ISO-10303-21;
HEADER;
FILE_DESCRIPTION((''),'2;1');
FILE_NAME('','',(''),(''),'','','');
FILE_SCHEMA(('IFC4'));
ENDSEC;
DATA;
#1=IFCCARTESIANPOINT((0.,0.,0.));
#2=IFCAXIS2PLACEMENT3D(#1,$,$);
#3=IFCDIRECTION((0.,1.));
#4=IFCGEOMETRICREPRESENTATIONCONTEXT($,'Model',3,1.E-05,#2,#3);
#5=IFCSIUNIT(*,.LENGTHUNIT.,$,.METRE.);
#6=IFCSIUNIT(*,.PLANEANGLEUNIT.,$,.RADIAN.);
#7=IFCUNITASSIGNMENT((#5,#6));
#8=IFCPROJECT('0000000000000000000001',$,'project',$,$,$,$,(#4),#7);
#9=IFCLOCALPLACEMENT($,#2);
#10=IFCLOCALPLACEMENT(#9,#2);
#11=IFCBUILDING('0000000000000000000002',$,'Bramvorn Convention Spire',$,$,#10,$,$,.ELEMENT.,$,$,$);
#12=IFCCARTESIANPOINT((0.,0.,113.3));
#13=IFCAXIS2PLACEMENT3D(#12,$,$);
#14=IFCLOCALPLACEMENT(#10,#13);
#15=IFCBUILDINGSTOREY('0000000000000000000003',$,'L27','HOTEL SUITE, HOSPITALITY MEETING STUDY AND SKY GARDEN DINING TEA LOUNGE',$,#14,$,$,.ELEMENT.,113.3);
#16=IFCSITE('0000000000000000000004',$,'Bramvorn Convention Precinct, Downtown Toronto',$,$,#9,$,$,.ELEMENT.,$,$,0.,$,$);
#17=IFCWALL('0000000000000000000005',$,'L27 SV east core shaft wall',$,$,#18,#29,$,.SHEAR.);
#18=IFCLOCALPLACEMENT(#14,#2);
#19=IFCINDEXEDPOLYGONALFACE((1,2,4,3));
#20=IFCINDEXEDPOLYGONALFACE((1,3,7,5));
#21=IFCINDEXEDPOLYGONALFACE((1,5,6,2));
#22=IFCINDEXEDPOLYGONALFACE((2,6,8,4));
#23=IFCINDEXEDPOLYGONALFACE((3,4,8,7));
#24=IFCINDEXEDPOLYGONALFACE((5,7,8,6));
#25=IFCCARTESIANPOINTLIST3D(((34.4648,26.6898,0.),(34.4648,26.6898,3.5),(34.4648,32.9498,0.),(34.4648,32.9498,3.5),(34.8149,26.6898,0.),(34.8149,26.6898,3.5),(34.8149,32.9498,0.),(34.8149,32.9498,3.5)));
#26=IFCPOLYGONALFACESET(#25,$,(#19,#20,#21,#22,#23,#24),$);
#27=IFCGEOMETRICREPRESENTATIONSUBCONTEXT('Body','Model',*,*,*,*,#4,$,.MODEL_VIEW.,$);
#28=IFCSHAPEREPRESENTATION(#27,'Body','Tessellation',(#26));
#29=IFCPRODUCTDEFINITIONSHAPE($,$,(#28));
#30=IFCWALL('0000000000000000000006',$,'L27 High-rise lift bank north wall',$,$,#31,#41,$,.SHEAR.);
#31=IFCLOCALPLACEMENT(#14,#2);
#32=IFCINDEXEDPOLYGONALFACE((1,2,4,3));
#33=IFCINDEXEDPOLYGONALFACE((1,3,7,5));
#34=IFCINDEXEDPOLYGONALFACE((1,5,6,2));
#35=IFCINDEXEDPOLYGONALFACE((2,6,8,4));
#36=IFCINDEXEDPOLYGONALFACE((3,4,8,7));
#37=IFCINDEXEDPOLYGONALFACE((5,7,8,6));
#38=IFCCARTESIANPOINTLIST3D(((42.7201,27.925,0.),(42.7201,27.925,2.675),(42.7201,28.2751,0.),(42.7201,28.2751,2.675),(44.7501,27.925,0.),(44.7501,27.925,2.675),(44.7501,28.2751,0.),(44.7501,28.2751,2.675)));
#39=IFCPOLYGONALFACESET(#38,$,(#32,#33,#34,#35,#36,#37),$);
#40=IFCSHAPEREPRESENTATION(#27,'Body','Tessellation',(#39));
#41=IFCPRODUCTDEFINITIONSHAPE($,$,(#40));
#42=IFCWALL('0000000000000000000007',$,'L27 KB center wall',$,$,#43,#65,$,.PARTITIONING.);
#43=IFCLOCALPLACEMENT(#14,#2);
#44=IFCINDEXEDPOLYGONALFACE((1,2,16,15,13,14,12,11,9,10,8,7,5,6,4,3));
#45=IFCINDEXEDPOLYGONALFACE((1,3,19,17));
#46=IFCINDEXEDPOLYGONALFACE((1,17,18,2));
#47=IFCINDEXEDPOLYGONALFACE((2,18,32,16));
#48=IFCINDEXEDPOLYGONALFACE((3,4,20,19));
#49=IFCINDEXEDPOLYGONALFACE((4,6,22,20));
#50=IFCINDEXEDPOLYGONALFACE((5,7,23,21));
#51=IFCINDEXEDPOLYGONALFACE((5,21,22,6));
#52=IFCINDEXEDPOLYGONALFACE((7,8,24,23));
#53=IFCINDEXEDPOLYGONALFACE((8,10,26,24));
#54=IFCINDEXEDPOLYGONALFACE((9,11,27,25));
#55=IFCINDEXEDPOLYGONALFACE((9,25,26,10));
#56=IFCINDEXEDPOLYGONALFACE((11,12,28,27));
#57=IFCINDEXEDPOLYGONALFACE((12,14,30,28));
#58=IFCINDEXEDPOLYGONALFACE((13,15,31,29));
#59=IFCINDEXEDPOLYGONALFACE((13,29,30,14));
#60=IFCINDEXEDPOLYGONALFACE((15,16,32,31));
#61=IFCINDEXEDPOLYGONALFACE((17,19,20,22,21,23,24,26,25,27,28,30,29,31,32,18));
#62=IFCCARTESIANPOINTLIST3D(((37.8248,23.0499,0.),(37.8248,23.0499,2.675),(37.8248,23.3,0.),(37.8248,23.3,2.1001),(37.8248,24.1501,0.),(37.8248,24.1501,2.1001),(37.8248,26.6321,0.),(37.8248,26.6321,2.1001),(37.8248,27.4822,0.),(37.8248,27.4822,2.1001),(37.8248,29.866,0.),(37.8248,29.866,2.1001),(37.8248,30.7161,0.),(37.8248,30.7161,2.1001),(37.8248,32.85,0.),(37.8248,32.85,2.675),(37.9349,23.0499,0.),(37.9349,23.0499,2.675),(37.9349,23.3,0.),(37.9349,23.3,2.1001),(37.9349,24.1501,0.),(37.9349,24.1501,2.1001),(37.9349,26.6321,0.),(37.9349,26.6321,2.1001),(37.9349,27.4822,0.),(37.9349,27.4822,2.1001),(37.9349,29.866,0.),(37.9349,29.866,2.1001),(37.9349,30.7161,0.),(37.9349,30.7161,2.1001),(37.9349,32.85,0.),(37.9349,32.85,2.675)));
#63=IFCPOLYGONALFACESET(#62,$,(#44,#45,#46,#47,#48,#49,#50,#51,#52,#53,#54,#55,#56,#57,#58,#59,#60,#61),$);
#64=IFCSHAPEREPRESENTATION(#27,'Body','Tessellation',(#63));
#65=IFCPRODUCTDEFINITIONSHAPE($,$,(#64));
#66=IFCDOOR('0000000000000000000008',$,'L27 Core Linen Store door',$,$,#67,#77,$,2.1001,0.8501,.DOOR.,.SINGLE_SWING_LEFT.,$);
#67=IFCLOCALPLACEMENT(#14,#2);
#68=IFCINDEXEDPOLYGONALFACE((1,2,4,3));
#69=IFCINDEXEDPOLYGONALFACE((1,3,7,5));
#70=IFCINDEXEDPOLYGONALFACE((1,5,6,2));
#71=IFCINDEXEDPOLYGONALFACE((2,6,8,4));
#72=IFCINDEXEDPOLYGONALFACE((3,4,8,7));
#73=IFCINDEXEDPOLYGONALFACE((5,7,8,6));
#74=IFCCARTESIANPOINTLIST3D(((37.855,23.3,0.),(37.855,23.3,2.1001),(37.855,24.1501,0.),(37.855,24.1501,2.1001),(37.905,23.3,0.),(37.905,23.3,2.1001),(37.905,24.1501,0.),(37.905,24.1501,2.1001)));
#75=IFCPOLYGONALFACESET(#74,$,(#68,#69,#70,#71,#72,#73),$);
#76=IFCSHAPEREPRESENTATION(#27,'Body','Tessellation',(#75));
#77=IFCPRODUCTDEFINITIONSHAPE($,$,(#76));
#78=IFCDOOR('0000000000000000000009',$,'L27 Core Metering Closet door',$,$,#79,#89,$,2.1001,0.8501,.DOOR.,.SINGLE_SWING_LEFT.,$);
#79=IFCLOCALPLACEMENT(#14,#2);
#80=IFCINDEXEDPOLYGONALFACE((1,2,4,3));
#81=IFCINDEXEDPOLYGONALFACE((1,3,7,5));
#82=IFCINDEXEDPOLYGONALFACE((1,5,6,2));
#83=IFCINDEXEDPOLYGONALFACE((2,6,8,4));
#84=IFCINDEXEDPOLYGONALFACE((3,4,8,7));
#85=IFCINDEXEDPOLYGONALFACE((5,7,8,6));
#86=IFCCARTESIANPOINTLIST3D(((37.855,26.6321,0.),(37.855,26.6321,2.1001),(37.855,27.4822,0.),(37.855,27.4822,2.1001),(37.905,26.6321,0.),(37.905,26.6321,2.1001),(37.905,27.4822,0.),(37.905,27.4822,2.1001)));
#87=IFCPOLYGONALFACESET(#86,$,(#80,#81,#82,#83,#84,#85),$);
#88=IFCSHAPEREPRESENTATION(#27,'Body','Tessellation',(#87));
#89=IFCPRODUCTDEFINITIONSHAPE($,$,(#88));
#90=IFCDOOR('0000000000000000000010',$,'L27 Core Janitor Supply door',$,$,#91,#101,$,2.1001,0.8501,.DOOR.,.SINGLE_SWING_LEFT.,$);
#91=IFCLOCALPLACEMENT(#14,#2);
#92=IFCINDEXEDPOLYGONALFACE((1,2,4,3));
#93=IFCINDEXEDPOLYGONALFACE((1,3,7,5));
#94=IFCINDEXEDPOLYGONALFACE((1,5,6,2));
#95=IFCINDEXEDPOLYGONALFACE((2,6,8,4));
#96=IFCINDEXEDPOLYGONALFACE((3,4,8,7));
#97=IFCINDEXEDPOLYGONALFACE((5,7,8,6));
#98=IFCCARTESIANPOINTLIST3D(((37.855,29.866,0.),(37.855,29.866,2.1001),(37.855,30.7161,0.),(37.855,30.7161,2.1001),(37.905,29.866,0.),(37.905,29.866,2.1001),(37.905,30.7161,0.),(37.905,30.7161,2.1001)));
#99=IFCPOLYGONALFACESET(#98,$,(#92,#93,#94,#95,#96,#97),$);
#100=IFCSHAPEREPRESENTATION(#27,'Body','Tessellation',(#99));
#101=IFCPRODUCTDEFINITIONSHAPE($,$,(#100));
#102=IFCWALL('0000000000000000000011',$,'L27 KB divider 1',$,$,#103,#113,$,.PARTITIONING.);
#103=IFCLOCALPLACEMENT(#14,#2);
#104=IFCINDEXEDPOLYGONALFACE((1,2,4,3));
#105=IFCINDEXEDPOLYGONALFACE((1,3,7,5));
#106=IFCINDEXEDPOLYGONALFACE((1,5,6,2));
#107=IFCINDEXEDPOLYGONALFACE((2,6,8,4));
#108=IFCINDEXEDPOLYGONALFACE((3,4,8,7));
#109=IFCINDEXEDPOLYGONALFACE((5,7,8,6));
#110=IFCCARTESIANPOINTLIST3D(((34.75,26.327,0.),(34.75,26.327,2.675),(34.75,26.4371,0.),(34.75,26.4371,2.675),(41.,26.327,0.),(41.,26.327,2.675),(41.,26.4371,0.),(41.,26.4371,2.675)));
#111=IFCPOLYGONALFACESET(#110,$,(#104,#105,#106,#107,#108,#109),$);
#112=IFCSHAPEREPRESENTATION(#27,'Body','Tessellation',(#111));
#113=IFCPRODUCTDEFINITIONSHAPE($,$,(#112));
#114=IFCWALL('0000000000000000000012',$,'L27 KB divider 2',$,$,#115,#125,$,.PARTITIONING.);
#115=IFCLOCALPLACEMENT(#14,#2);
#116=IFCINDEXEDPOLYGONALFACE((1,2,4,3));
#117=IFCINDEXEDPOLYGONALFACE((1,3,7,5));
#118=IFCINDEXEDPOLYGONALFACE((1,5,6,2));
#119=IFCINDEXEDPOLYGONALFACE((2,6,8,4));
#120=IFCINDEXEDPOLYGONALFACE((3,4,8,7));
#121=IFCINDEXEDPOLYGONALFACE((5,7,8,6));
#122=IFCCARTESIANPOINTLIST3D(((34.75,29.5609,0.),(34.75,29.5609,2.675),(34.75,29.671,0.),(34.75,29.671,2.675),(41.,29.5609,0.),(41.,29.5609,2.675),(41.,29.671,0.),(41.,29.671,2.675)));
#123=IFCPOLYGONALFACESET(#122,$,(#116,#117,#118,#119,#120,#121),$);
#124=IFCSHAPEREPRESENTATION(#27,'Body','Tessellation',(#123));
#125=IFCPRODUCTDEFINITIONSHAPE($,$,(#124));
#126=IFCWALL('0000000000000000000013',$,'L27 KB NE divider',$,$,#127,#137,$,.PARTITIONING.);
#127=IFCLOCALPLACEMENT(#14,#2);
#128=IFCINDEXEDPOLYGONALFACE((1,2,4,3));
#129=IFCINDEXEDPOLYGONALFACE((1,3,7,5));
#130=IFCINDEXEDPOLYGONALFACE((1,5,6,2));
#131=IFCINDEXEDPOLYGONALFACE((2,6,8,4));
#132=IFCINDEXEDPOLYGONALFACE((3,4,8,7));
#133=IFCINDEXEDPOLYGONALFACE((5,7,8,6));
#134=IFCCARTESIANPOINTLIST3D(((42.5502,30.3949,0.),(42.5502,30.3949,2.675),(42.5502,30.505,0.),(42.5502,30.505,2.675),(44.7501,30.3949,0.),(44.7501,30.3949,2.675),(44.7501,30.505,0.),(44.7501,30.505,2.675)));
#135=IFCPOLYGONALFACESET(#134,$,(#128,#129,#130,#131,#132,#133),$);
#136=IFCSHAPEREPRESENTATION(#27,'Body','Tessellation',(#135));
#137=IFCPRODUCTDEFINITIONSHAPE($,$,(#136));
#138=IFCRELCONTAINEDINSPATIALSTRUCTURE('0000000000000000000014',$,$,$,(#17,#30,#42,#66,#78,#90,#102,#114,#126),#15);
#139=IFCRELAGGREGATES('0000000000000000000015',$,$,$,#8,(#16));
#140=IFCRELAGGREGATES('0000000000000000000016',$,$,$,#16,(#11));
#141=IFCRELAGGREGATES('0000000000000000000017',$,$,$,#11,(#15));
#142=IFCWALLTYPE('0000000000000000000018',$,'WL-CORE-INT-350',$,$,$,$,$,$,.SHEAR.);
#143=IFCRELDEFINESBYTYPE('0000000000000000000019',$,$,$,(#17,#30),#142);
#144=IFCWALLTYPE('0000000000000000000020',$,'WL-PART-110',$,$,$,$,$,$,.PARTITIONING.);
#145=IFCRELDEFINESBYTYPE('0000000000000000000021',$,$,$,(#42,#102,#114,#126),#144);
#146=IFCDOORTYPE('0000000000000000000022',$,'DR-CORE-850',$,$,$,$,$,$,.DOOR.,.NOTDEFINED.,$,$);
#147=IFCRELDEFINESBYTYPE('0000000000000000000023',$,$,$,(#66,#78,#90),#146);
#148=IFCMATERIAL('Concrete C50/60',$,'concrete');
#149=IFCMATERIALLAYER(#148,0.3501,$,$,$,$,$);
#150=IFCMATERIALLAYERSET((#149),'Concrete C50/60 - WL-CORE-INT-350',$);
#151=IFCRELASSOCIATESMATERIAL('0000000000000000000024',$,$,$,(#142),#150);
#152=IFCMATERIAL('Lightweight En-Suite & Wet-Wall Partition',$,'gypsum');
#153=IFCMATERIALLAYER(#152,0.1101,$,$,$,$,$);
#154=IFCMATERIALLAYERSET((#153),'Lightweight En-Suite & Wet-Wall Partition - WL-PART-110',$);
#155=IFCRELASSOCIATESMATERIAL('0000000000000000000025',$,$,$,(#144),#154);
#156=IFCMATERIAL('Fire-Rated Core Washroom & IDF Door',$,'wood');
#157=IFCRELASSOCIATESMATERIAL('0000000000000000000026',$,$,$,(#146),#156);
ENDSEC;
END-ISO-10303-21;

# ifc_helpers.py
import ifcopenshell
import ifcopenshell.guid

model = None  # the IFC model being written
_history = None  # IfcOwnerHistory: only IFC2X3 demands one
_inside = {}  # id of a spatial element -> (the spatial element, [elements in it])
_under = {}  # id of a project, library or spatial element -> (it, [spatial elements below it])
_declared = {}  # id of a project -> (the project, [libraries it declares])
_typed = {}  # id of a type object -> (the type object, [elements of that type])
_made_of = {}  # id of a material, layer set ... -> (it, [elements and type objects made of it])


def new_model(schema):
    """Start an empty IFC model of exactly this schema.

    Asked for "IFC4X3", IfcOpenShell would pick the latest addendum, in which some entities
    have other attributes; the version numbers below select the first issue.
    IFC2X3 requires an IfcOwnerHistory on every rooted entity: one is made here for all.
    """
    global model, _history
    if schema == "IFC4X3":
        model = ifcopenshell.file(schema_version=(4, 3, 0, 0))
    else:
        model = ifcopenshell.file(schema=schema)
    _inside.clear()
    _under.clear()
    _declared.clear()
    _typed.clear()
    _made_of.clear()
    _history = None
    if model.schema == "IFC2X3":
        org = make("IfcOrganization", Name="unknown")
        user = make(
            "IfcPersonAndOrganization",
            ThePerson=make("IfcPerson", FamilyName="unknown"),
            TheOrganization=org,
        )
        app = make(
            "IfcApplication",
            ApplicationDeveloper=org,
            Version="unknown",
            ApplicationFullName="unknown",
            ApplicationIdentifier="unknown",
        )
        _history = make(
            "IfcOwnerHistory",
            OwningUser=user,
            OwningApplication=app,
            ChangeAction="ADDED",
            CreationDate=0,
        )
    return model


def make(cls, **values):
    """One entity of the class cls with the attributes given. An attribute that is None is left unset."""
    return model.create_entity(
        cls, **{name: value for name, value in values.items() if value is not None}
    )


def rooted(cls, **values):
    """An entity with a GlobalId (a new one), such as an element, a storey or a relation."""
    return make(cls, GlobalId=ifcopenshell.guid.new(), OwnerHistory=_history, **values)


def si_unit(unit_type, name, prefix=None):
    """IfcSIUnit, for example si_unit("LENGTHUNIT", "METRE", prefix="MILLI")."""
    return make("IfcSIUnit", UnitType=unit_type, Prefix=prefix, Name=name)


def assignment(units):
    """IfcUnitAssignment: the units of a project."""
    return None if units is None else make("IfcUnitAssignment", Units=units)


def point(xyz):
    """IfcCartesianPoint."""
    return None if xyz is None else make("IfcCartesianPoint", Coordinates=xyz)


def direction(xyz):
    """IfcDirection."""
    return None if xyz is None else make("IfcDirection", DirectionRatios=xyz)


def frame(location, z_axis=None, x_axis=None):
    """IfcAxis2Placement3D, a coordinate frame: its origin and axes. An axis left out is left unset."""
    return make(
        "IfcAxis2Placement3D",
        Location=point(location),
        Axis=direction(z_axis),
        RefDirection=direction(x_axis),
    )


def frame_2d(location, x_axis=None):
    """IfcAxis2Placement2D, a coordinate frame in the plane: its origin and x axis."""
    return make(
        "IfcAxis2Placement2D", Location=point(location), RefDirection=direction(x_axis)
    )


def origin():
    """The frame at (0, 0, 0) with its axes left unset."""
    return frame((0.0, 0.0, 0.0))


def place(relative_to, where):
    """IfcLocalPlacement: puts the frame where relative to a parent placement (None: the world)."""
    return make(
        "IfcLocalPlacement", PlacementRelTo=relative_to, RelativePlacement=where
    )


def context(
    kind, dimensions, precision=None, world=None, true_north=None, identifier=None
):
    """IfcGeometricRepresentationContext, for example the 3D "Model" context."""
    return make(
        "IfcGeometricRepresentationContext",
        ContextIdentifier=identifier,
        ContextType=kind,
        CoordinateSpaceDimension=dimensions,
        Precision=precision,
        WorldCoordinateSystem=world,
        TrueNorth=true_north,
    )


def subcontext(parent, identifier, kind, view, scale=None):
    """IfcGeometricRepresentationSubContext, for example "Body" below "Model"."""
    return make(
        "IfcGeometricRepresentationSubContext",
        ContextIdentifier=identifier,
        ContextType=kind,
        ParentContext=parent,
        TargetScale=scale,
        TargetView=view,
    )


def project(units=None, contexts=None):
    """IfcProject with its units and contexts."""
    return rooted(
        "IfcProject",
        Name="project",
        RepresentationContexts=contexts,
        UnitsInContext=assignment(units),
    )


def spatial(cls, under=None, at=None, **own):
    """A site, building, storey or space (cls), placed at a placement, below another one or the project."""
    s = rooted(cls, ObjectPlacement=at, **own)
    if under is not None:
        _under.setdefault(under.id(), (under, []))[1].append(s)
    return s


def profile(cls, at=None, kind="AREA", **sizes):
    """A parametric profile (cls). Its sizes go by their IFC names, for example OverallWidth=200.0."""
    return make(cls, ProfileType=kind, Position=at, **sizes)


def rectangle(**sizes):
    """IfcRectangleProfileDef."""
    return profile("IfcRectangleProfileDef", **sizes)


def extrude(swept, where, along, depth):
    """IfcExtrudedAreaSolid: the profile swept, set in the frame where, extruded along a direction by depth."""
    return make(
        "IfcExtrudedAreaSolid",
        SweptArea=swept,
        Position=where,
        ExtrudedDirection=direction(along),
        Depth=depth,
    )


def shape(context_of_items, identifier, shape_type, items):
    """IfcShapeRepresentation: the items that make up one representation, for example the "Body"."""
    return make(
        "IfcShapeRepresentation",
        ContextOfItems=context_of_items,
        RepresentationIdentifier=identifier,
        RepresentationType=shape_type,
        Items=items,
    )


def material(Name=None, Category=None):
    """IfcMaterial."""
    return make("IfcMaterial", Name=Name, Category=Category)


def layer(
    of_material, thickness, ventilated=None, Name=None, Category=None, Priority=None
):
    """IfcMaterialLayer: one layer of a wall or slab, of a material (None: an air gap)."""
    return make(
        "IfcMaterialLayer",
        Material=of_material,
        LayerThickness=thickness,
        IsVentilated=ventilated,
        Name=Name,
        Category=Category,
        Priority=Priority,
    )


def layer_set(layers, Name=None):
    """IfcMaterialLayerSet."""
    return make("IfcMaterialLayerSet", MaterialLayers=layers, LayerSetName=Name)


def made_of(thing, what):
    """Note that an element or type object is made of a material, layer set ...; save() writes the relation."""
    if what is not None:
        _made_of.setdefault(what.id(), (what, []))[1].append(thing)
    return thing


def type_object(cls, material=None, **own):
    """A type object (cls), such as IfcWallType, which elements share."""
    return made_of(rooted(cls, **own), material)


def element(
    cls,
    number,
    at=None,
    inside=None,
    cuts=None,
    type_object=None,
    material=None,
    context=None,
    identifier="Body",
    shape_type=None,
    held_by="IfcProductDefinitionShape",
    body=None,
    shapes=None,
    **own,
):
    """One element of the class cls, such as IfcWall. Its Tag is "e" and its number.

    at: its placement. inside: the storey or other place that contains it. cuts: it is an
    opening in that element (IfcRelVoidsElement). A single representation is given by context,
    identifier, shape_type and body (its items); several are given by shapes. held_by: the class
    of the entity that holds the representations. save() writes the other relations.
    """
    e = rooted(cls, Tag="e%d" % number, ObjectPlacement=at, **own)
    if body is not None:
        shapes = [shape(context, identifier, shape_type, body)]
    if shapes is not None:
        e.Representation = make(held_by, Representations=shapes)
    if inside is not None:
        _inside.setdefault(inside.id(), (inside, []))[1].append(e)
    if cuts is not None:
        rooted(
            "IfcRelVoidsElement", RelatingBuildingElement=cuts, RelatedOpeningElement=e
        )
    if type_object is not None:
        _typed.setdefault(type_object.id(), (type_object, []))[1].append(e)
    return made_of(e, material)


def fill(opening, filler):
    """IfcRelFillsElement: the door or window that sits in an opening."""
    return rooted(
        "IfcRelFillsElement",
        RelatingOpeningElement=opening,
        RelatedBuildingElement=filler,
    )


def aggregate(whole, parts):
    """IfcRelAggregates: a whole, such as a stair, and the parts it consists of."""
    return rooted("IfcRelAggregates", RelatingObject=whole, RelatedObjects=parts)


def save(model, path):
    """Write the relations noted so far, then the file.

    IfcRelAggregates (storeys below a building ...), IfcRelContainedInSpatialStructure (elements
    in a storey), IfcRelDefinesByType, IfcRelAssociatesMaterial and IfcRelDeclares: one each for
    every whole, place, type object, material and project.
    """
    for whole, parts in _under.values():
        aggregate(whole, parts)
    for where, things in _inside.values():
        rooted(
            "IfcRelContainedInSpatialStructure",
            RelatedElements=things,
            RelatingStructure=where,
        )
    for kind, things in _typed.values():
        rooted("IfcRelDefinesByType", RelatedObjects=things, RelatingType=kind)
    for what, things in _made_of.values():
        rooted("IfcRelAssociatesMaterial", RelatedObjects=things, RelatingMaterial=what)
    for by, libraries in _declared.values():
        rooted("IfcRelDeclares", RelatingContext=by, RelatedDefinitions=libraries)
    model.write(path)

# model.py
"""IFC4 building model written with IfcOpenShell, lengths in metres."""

from ifc_helpers import new_model, si_unit, direction, frame, frame_2d, origin, place, context, subcontext, project, spatial, rectangle, extrude, material, layer, layer_set, type_object, element, fill, save


model = new_model("IFC4")

# Units and contexts
model_context = context("Model", 3, precision=1e-05, world=origin(), true_north=direction((0.0, 1.0)))
body_context = subcontext(model_context, "Body", "Model", "MODEL_VIEW")
ifc_project = project(units=[si_unit("LENGTHUNIT", "METRE"), si_unit("PLANEANGLEUNIT", "RADIAN")], contexts=[model_context])

# Site, building, storey
site_placement = place(None, origin())
site = spatial("IfcSite", under=ifc_project, at=site_placement, Name="Bramvorn Convention Precinct, Downtown Toronto", CompositionType="ELEMENT", RefElevation=0.0)
building_placement = place(site_placement, origin())
building = spatial("IfcBuilding", under=site, at=building_placement, Name="Bramvorn Convention Spire", CompositionType="ELEMENT")
storey_placement = place(building_placement, frame((0.0, 0.0, 113.3)))
storey = spatial("IfcBuildingStorey", under=building, at=storey_placement, Name="L27", Description="HOTEL SUITE, HOSPITALITY MEETING STUDY AND SKY GARDEN DINING TEA LOUNGE", CompositionType="ELEMENT", Elevation=113.3)

# Shared definitions
ifc_material_1 = material(Name="Concrete C50/60", Category="concrete")
ifc_layer_1 = layer(ifc_material_1, 0.3501)
ifc_layer_set_1 = layer_set([ifc_layer_1], Name="Concrete C50/60 - WL-CORE-INT-350")
wall_type_1 = type_object("IfcWallType", Name="WL-CORE-INT-350", PredefinedType="SHEAR", material=ifc_layer_set_1)

# Walls
wall_1_placement = place(storey_placement, frame((34.6399, 26.6899, 0.0), z_axis=(0.0, 0.0, 1.0), x_axis=(0.0, 1.0, 0.0)))
element("IfcWall", 1, at=wall_1_placement, inside=storey, type_object=wall_type_1, Name="L27 SV east core shaft wall", PredefinedType="SHEAR", context=body_context, shape_type="SweptSolid", body=[
    extrude(rectangle(XDim=6.26, YDim=0.3501, at=frame_2d((3.1299, 0.0))), origin(), (0.0, 0.0, 1.0), 3.5),
])
wall_2_placement = place(storey_placement, frame((42.72, 28.1001, 0.0), z_axis=(0.0, 0.0, 1.0), x_axis=(1.0, 0.0, 0.0)))
element("IfcWall", 2, at=wall_2_placement, inside=storey, type_object=wall_type_1, Name="L27 High-rise lift bank north wall", PredefinedType="SHEAR", context=body_context, shape_type="SweptSolid", body=[
    extrude(rectangle(XDim=2.03, YDim=0.3501, at=frame_2d((1.0151, 0.0))), origin(), (0.0, 0.0, 1.0), 2.675),
])

# Wall, openings, doors
ifc_material_2 = material(Name="Lightweight En-Suite & Wet-Wall Partition", Category="gypsum")
ifc_layer_2 = layer(ifc_material_2, 0.1101)
ifc_layer_set_2 = layer_set([ifc_layer_2], Name="Lightweight En-Suite & Wet-Wall Partition - WL-PART-110")
wall_type_2 = type_object("IfcWallType", Name="WL-PART-110", PredefinedType="PARTITIONING", material=ifc_layer_set_2)
wall_3_placement = place(storey_placement, frame((37.8799, 23.05, 0.0), z_axis=(0.0, 0.0, 1.0), x_axis=(0.0, 1.0, 0.0)))
wall_3 = element("IfcWall", 3, at=wall_3_placement, inside=storey, type_object=wall_type_2, Name="L27 KB center wall", PredefinedType="PARTITIONING", context=body_context, shape_type="SweptSolid", body=[
    extrude(rectangle(XDim=9.8, YDim=0.1101, at=frame_2d((4.8999, 0.0))), origin(), (0.0, 0.0, 1.0), 2.675),
])
opening_1_placement = place(wall_3_placement, frame((0.25, 0.0, 0.0)))
opening_1 = element("IfcOpeningElement", 4, at=opening_1_placement, cuts=wall_3, PredefinedType="OPENING", context=body_context, shape_type="SweptSolid", body=[
    extrude(rectangle(XDim=0.8501, YDim=2.1001, at=frame_2d((0.425, 1.05))), frame((0.0, 0.0649, 0.0), z_axis=(0.0, -1.0, 0.0), x_axis=(1.0, 0.0, 0.0)), (0.0, 0.0, 1.0), 0.1301),
])
opening_2_placement = place(wall_3_placement, frame((3.582, 0.0, 0.0)))
opening_2 = element("IfcOpeningElement", 5, at=opening_2_placement, cuts=wall_3, PredefinedType="OPENING", context=body_context, shape_type="SweptSolid", body=[
    extrude(rectangle(XDim=0.8501, YDim=2.1001, at=frame_2d((0.425, 1.05))), frame((0.0, 0.0649, 0.0), z_axis=(0.0, -1.0, 0.0), x_axis=(1.0, 0.0, 0.0)), (0.0, 0.0, 1.0), 0.1301),
])
opening_3_placement = place(wall_3_placement, frame((6.8159, 0.0, 0.0)))
opening_3 = element("IfcOpeningElement", 6, at=opening_3_placement, cuts=wall_3, PredefinedType="OPENING", context=body_context, shape_type="SweptSolid", body=[
    extrude(rectangle(XDim=0.8501, YDim=2.1001, at=frame_2d((0.425, 1.05))), frame((0.0, 0.0649, 0.0), z_axis=(0.0, -1.0, 0.0), x_axis=(1.0, 0.0, 0.0)), (0.0, 0.0, 1.0), 0.1301),
])
ifc_material_3 = material(Name="Fire-Rated Core Washroom & IDF Door", Category="wood")
door_type_1 = type_object("IfcDoorType", Name="DR-CORE-850", OperationType="NOTDEFINED", PredefinedType="DOOR", material=ifc_material_3)
door_1_placement = place(opening_1_placement, origin())
door_1 = element("IfcDoor", 7, at=door_1_placement, inside=storey, type_object=door_type_1, Name="L27 Core Linen Store door", OperationType="SINGLE_SWING_LEFT", OverallHeight=2.1001, OverallWidth=0.8501, PredefinedType="DOOR", context=body_context, shape_type="SweptSolid", body=[
    extrude(rectangle(XDim=0.8501, YDim=2.1001, at=frame_2d((0.425, 1.05))), frame((0.0, 0.0249, 0.0), z_axis=(0.0, -1.0, 0.0), x_axis=(1.0, 0.0, 0.0)), (0.0, 0.0, 1.0), 0.05),
])
fill(opening_1, door_1)
door_2_placement = place(opening_2_placement, origin())
door_2 = element("IfcDoor", 8, at=door_2_placement, inside=storey, type_object=door_type_1, Name="L27 Core Metering Closet door", OperationType="SINGLE_SWING_LEFT", OverallHeight=2.1001, OverallWidth=0.8501, PredefinedType="DOOR", context=body_context, shape_type="SweptSolid", body=[
    extrude(rectangle(XDim=0.8501, YDim=2.1001, at=frame_2d((0.425, 1.05))), frame((0.0, 0.0249, 0.0), z_axis=(0.0, -1.0, 0.0), x_axis=(1.0, 0.0, 0.0)), (0.0, 0.0, 1.0), 0.05),
])
fill(opening_2, door_2)
door_3_placement = place(opening_3_placement, origin())
door_3 = element("IfcDoor", 9, at=door_3_placement, inside=storey, type_object=door_type_1, Name="L27 Core Janitor Supply door", OperationType="SINGLE_SWING_LEFT", OverallHeight=2.1001, OverallWidth=0.8501, PredefinedType="DOOR", context=body_context, shape_type="SweptSolid", body=[
    extrude(rectangle(XDim=0.8501, YDim=2.1001, at=frame_2d((0.425, 1.05))), frame((0.0, 0.0249, 0.0), z_axis=(0.0, -1.0, 0.0), x_axis=(1.0, 0.0, 0.0)), (0.0, 0.0, 1.0), 0.05),
])
fill(opening_3, door_3)

# Walls
for number, where, z_axis, x_axis, name in (
    (10, (34.75, 26.3821, 0.0), (0.0, 0.0, 1.0), (1.0, 0.0, 0.0), "L27 KB divider 1"),
    (11, (34.75, 29.616, 0.0), (0.0, 0.0, 1.0), (1.0, 0.0, 0.0), "L27 KB divider 2"),
):
    element("IfcWall", number, at=place(storey_placement, frame(where, z_axis=z_axis, x_axis=x_axis)), inside=storey, type_object=wall_type_2, Name=name, PredefinedType="PARTITIONING", context=body_context, shape_type="SweptSolid", body=[
        extrude(rectangle(XDim=6.25, YDim=0.1101, at=frame_2d((3.125, 0.0))), origin(), (0.0, 0.0, 1.0), 2.675),
    ])
wall_4_placement = place(storey_placement, frame((42.55, 30.45, 0.0), z_axis=(0.0, 0.0, 1.0), x_axis=(1.0, 0.0, 0.0)))
element("IfcWall", 12, at=wall_4_placement, inside=storey, type_object=wall_type_2, Name="L27 KB NE divider", PredefinedType="PARTITIONING", context=body_context, shape_type="SweptSolid", body=[
    extrude(rectangle(XDim=2.2, YDim=0.1101, at=frame_2d((1.1001, 0.0))), origin(), (0.0, 0.0, 1.0), 2.675),
])

save(model, "model.ifc")
